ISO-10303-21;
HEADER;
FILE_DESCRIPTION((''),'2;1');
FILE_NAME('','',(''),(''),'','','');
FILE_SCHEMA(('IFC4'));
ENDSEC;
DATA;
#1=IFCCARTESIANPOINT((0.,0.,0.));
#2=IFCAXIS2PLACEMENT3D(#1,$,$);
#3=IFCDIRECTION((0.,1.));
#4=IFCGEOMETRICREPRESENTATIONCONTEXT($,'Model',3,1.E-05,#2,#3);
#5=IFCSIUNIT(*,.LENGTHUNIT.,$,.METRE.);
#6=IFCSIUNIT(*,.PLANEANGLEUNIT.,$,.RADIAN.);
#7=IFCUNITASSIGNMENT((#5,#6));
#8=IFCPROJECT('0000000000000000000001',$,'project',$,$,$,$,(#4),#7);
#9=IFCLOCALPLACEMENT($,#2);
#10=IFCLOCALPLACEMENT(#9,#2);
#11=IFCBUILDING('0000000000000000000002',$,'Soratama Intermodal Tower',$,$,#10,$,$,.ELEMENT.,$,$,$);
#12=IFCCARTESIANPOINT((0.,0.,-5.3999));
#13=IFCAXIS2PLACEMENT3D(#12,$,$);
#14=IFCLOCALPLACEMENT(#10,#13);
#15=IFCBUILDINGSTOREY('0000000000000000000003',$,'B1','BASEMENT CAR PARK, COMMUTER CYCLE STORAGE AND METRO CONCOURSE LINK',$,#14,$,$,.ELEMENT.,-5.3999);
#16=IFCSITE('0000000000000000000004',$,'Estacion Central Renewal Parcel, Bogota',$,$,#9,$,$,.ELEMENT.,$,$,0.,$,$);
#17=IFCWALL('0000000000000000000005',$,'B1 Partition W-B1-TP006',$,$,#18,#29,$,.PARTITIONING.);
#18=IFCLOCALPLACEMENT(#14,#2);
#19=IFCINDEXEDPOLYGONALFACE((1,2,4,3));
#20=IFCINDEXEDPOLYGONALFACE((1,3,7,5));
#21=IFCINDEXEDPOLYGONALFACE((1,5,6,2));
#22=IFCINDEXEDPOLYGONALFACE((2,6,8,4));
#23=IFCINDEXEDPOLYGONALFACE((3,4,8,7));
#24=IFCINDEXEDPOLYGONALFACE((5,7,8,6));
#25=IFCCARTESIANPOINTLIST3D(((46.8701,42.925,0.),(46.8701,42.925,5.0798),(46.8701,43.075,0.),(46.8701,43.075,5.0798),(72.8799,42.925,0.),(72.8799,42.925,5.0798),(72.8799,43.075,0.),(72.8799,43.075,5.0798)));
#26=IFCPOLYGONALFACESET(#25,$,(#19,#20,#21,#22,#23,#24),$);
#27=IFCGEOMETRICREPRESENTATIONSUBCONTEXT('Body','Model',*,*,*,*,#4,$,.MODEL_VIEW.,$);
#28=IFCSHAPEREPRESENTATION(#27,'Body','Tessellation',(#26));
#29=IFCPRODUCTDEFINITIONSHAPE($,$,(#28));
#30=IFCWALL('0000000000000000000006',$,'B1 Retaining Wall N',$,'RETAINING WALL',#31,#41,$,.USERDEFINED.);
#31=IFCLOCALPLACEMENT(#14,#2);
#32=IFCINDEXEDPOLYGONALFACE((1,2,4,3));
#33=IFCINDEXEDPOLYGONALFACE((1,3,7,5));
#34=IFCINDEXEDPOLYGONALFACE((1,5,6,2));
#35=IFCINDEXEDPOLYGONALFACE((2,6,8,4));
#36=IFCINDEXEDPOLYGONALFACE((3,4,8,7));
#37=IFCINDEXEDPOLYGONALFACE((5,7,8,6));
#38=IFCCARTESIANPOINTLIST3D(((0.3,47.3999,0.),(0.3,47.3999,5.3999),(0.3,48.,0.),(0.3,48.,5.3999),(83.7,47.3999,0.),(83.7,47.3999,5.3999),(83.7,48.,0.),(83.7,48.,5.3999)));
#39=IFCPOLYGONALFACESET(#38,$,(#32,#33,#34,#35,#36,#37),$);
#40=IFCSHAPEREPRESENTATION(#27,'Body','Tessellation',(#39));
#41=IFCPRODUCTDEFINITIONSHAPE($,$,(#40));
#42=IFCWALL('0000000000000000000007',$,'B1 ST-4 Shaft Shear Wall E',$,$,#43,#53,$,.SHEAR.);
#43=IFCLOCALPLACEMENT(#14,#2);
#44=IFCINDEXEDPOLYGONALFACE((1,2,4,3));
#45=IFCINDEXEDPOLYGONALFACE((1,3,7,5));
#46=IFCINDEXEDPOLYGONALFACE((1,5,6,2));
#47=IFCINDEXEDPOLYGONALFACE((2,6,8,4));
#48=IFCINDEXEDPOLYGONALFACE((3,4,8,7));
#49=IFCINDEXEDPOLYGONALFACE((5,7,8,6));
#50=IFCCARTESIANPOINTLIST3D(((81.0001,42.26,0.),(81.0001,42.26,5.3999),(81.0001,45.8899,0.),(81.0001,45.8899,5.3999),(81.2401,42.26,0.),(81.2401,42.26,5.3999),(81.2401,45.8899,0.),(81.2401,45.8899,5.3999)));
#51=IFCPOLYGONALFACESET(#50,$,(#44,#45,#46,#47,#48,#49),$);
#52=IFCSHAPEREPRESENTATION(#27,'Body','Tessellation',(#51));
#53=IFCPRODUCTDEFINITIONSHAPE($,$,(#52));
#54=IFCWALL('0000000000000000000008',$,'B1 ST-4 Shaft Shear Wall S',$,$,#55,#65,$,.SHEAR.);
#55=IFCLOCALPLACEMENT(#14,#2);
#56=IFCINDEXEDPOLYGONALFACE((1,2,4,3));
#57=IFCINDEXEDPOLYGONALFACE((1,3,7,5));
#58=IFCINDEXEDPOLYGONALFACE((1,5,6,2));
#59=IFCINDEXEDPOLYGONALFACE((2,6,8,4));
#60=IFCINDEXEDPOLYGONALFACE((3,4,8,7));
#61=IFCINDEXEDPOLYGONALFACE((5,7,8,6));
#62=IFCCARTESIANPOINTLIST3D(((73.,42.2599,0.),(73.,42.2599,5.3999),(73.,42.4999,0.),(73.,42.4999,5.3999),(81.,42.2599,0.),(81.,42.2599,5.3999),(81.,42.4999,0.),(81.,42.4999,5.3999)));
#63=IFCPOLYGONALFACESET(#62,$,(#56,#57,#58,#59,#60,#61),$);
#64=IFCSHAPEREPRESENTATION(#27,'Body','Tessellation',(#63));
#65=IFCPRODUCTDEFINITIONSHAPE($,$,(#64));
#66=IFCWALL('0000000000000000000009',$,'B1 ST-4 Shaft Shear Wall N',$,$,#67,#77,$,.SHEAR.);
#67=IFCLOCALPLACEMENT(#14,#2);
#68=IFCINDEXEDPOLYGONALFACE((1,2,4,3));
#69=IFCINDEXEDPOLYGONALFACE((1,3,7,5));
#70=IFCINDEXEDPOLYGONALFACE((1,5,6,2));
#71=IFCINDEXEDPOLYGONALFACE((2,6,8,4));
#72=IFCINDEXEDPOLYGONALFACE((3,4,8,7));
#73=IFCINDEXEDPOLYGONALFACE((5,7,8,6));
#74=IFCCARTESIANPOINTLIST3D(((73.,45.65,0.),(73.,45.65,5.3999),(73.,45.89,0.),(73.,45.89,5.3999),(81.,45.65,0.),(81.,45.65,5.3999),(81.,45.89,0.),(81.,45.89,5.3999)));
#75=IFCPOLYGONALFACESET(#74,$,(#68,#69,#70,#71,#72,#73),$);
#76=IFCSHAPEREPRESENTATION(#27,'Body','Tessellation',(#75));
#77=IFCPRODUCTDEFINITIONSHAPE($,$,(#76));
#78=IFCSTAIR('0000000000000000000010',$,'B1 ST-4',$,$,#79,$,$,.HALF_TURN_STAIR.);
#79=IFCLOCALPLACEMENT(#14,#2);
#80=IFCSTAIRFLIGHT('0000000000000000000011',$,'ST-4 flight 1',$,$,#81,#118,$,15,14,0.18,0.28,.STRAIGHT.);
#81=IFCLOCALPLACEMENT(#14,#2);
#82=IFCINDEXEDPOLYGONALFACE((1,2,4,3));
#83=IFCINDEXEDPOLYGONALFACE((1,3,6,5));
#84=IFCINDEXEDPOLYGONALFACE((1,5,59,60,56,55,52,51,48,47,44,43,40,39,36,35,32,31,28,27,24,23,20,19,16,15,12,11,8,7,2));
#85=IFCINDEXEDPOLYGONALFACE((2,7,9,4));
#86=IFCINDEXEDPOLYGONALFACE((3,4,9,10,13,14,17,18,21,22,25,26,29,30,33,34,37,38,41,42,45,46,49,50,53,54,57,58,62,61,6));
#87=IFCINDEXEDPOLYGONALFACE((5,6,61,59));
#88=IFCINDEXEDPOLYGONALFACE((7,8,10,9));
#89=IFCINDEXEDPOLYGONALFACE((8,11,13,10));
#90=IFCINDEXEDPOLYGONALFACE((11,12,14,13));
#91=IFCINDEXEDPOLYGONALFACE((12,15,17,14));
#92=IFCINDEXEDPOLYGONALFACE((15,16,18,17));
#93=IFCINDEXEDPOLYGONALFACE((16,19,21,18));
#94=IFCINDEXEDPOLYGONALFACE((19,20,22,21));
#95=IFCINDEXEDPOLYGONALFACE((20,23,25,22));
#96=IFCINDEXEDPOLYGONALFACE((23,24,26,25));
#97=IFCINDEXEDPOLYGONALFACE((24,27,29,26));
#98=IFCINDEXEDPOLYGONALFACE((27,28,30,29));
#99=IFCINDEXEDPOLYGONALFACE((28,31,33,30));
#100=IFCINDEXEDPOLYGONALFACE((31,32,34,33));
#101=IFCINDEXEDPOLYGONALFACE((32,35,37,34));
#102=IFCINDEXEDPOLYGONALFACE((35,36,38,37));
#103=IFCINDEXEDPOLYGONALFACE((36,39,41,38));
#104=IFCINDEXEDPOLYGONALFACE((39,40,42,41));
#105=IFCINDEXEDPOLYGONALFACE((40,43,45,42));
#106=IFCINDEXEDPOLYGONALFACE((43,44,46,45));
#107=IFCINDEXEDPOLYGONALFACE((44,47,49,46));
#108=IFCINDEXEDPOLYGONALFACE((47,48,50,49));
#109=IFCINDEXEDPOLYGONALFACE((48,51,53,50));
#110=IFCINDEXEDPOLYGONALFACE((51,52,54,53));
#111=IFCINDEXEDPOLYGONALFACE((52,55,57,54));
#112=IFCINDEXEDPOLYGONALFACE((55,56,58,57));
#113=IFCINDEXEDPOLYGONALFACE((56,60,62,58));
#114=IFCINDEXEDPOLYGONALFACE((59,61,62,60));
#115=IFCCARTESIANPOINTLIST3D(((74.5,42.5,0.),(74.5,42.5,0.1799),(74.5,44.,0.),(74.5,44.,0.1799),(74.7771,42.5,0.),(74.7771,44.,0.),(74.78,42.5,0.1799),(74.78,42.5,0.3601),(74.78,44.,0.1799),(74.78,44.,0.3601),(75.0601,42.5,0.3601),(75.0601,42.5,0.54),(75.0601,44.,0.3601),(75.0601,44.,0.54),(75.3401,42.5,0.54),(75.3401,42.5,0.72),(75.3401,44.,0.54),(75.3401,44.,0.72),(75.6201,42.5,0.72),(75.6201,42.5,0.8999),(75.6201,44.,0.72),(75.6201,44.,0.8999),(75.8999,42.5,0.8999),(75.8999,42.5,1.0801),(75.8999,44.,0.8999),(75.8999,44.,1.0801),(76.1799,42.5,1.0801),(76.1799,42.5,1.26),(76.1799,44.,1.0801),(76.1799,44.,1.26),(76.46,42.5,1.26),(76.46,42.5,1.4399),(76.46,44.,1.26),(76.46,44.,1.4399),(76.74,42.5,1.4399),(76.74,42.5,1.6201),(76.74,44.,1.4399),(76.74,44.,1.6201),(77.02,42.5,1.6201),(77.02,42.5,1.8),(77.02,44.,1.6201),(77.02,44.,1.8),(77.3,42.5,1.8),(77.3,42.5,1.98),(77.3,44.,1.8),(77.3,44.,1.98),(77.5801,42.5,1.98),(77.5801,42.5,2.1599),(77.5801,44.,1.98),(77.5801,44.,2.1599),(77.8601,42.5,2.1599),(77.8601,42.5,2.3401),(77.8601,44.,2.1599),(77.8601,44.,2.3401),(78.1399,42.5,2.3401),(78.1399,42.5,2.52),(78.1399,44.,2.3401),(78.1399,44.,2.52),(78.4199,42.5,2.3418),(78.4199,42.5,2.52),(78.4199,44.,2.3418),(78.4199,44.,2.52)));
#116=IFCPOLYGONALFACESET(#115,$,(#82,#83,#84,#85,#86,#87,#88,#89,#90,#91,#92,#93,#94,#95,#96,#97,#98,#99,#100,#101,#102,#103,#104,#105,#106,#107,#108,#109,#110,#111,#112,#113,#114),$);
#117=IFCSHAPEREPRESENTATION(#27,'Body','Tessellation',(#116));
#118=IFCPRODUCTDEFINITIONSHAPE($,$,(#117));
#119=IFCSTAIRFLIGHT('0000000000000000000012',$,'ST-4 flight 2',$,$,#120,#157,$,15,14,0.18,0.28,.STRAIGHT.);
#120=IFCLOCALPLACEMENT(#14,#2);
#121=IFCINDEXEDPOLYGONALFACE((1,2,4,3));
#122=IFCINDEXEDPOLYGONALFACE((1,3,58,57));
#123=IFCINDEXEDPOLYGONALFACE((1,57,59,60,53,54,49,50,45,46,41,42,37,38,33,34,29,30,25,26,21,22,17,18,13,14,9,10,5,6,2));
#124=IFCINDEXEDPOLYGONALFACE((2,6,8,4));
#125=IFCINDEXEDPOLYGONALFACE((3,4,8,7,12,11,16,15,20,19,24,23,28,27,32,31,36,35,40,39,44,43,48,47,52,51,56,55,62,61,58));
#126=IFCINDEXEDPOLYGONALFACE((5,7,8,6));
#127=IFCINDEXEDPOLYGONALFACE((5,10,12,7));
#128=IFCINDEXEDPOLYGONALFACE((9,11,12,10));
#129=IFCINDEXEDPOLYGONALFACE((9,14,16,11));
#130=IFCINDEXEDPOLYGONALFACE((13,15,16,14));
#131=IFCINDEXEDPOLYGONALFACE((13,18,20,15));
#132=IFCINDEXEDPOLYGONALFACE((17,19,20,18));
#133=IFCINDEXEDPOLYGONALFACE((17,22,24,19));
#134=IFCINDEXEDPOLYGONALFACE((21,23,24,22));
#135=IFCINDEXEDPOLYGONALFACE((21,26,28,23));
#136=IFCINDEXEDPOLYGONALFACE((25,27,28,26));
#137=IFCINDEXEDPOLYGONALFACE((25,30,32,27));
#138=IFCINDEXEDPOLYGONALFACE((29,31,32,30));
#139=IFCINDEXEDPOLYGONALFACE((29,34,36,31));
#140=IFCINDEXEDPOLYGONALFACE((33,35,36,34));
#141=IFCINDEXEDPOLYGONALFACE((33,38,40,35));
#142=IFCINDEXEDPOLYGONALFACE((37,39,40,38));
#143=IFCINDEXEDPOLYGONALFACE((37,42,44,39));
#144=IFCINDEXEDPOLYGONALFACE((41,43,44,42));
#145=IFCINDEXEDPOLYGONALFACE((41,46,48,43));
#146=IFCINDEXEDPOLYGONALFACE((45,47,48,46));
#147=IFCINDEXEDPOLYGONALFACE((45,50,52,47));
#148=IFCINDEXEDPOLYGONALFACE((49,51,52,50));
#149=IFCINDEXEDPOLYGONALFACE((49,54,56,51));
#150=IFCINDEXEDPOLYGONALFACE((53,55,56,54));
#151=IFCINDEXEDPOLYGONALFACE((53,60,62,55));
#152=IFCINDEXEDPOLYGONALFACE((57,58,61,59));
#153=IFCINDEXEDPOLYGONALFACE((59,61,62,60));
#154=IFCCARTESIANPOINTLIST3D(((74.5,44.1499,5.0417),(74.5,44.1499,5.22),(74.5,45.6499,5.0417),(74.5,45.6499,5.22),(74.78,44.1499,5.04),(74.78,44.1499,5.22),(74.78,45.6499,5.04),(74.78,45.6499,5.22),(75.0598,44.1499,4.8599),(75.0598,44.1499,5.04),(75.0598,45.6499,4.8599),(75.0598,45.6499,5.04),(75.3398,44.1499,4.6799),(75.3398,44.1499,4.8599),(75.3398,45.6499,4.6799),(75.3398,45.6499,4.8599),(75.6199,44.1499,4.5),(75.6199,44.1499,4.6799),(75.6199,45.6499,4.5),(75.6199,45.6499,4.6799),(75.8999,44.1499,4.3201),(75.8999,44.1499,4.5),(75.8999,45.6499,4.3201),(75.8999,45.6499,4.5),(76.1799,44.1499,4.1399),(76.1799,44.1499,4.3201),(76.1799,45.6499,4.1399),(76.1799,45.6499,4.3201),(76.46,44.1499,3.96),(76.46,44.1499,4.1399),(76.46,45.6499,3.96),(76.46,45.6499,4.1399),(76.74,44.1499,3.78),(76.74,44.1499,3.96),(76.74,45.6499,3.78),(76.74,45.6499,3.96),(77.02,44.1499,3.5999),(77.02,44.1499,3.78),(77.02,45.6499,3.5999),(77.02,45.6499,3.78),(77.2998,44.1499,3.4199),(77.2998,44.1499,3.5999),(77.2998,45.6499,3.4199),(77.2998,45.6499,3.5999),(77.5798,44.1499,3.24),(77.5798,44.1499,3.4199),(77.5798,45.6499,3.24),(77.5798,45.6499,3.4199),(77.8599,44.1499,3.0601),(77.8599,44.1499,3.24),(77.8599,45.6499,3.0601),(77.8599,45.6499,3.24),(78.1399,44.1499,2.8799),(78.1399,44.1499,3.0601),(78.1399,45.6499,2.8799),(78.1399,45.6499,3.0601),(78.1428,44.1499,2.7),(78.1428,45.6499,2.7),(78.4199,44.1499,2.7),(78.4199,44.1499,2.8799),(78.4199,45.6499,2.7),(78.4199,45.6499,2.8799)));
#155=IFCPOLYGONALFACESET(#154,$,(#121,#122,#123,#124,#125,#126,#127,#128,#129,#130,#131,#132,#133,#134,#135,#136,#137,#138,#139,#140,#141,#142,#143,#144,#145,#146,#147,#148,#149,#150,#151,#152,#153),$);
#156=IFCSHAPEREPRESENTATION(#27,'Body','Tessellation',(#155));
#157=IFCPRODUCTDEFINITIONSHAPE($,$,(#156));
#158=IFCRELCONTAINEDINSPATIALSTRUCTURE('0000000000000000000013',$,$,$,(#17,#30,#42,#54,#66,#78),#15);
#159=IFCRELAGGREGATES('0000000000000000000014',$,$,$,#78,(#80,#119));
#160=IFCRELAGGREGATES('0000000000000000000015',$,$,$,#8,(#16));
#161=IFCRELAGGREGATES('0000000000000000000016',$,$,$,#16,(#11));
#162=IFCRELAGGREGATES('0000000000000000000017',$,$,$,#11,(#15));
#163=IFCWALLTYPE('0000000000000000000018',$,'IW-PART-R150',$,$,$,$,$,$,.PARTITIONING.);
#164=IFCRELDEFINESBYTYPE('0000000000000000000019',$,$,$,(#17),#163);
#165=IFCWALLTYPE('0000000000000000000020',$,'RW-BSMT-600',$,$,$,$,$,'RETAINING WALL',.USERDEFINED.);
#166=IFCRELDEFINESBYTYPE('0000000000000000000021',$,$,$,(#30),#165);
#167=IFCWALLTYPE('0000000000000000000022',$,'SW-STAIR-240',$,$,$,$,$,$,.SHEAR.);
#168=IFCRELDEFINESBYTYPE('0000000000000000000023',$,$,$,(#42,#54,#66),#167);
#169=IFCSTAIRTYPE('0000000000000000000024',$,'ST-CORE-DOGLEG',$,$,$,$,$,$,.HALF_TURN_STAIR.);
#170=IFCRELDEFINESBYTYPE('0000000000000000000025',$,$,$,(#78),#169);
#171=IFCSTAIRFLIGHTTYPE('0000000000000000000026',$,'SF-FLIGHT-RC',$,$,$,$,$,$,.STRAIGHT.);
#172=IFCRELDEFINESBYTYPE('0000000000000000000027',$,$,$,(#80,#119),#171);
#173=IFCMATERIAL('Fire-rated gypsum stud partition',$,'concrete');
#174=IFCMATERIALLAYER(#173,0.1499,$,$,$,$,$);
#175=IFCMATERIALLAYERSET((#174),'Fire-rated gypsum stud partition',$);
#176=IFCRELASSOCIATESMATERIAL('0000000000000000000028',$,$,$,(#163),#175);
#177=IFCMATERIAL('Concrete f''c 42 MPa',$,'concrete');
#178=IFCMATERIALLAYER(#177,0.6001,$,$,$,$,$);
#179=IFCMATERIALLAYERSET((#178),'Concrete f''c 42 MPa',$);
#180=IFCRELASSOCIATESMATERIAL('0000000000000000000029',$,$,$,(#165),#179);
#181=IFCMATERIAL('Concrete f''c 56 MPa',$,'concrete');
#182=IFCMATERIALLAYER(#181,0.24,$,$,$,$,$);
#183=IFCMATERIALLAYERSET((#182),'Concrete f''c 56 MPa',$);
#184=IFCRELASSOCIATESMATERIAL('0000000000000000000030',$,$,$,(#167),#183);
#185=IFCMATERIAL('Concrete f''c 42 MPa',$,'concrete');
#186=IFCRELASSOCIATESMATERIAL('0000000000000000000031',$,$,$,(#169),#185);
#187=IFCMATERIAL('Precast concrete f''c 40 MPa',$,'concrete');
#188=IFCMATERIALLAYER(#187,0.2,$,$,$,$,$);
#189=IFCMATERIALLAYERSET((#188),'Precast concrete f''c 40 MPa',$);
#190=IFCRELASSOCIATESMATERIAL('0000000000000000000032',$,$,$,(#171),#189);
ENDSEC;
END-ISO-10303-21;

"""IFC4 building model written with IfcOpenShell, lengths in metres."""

from ifc_helpers import new_model, si_unit, direction, frame, frame_2d, origin, place, context, subcontext, project, spatial, polyline, rectangle, outline, extrude, material, layer, layer_set, type_object, element, aggregate, save


model = new_model("IFC4")

# Units and contexts
model_context = context("Model", 3, precision=1e-05, world=origin(), true_north=direction((0.0, 1.0)))
body_context = subcontext(model_context, "Body", "Model", "MODEL_VIEW")
ifc_project = project(units=[si_unit("LENGTHUNIT", "METRE"), si_unit("PLANEANGLEUNIT", "RADIAN")], contexts=[model_context])

# Site, building, storey
site_placement = place(None, origin())
site = spatial("IfcSite", under=ifc_project, at=site_placement, Name="Estacion Central Renewal Parcel, Bogota", CompositionType="ELEMENT", RefElevation=0.0)
building_placement = place(site_placement, origin())
building = spatial("IfcBuilding", under=site, at=building_placement, Name="Soratama Intermodal Tower", CompositionType="ELEMENT")
storey_placement = place(building_placement, frame((0.0, 0.0, -5.3999)))
storey = spatial("IfcBuildingStorey", under=building, at=storey_placement, Name="B1", Description="BASEMENT CAR PARK, COMMUTER CYCLE STORAGE AND METRO CONCOURSE LINK", CompositionType="ELEMENT", Elevation=-5.3999)

# Walls
ifc_material_1 = material(Name="Fire-rated gypsum stud partition", Category="concrete")
ifc_layer_1 = layer(ifc_material_1, 0.1499)
ifc_layer_set_1 = layer_set([ifc_layer_1], Name="Fire-rated gypsum stud partition")
wall_type_1 = type_object("IfcWallType", Name="IW-PART-R150", PredefinedType="PARTITIONING", material=ifc_layer_set_1)
wall_1_placement = place(storey_placement, frame((72.8799, 43.0, 0.0), z_axis=(0.0, 0.0, 1.0), x_axis=(-1.0, 0.0, 0.0)))
element("IfcWall", 1, at=wall_1_placement, inside=storey, type_object=wall_type_1, Name="B1 Partition W-B1-TP006", PredefinedType="PARTITIONING", context=body_context, shape_type="SweptSolid", body=[
    extrude(rectangle(XDim=26.0098, YDim=0.1499, at=frame_2d((13.0049, 0.0))), origin(), (0.0, 0.0, 1.0), 5.0798),
])
ifc_material_2 = material(Name="Concrete f'c 42 MPa", Category="concrete")
ifc_layer_2 = layer(ifc_material_2, 0.6001)
ifc_layer_set_2 = layer_set([ifc_layer_2], Name="Concrete f'c 42 MPa")
wall_type_2 = type_object("IfcWallType", Name="RW-BSMT-600", ElementType="RETAINING WALL", PredefinedType="USERDEFINED", material=ifc_layer_set_2)
wall_2_placement = place(storey_placement, frame((83.7, 47.7, 0.0), z_axis=(0.0, 0.0, 1.0), x_axis=(-1.0, 0.0, 0.0)))
element("IfcWall", 2, at=wall_2_placement, inside=storey, type_object=wall_type_2, Name="B1 Retaining Wall N", ObjectType="RETAINING WALL", PredefinedType="USERDEFINED", context=body_context, shape_type="SweptSolid", body=[
    extrude(rectangle(XDim=83.3999, YDim=0.6001, at=frame_2d((41.7, 0.0))), origin(), (0.0, 0.0, 1.0), 5.3999),
])

# Shared definitions
ifc_material_3 = material(Name="Concrete f'c 56 MPa", Category="concrete")
ifc_layer_3 = layer(ifc_material_3, 0.24)
ifc_layer_set_3 = layer_set([ifc_layer_3], Name="Concrete f'c 56 MPa")
wall_type_3 = type_object("IfcWallType", Name="SW-STAIR-240", PredefinedType="SHEAR", material=ifc_layer_set_3)

# Walls
wall_3_placement = place(storey_placement, frame((81.1201, 42.26, 0.0), z_axis=(0.0, 0.0, 1.0), x_axis=(0.0, 1.0, 0.0)))
element("IfcWall", 3, at=wall_3_placement, inside=storey, type_object=wall_type_3, Name="B1 ST-4 Shaft Shear Wall E", PredefinedType="SHEAR", context=body_context, shape_type="SweptSolid", body=[
    extrude(rectangle(XDim=3.6299, YDim=0.24, at=frame_2d((1.8149, 0.0))), origin(), (0.0, 0.0, 1.0), 5.3999),
])
for number, where, z_axis, x_axis, name in (
    (4, (73.0, 42.3799, 0.0), (0.0, 0.0, 1.0), (1.0, 0.0, 0.0), "B1 ST-4 Shaft Shear Wall S"),
    (5, (73.0, 45.77, 0.0), (0.0, 0.0, 1.0), (1.0, 0.0, 0.0), "B1 ST-4 Shaft Shear Wall N"),
):
    element("IfcWall", number, at=place(storey_placement, frame(where, z_axis=z_axis, x_axis=x_axis)), inside=storey, type_object=wall_type_3, Name=name, PredefinedType="SHEAR", context=body_context, shape_type="SweptSolid", body=[
        extrude(rectangle(XDim=8.0, YDim=0.24, at=frame_2d((4.0, 0.0))), origin(), (0.0, 0.0, 1.0), 5.3999),
    ])

# Stair, stair flights
ifc_material_4 = material(Name="Concrete f'c 42 MPa", Category="concrete")
stair_type = type_object("IfcStairType", Name="ST-CORE-DOGLEG", PredefinedType="HALF_TURN_STAIR", material=ifc_material_4)
stair_placement = place(storey_placement, origin())
stair = element("IfcStair", 6, at=stair_placement, inside=storey, type_object=stair_type, Name="B1 ST-4", PredefinedType="HALF_TURN_STAIR")
ifc_material_5 = material(Name="Precast concrete f'c 40 MPa", Category="concrete")
ifc_layer_4 = layer(ifc_material_5, 0.2)
ifc_layer_set_4 = layer_set([ifc_layer_4], Name="Precast concrete f'c 40 MPa")
stair_flight_type = type_object("IfcStairFlightType", Name="SF-FLIGHT-RC", PredefinedType="STRAIGHT", material=ifc_layer_set_4)
stair_flight_1_placement = place(storey_placement, frame((74.5, 43.25, 0.0), z_axis=(0.0, 0.0, 1.0), x_axis=(1.0, 0.0, 0.0)))
stair_flight_1 = element("IfcStairFlight", 7, at=stair_flight_1_placement, type_object=stair_flight_type, Name="ST-4 flight 1", NumberOfRisers=15, NumberOfTreads=14, PredefinedType="STRAIGHT", RiserHeight=0.18, TreadLength=0.28, context=body_context, shape_type="SweptSolid", body=[
    extrude(outline(polyline([(0.0, 0.0), (0.0, 0.1799), (0.28, 0.1799), (0.28, 0.3601), (0.5601, 0.3601), (0.5601, 0.54), (0.8401, 0.54), (0.8401, 0.72), (1.1201, 0.72), (1.1201, 0.8999), (1.3999, 0.8999), (1.3999, 1.0801), (1.6799, 1.0801), (1.6799, 1.26), (1.96, 1.26), (1.96, 1.4399), (2.24, 1.4399), (2.24, 1.6201), (2.52, 1.6201), (2.52, 1.8), (2.8, 1.8), (2.8, 1.98), (3.0801, 1.98), (3.0801, 2.1599), (3.3601, 2.1599), (3.3601, 2.3401), (3.6399, 2.3401), (3.6399, 2.52), (3.9199, 2.52), (3.9199, 2.7), (3.9199, 2.3418), (0.2771, 0.0), (0.0, 0.0)])), frame((0.0, 0.75, 0.0), z_axis=(0.0, -1.0, 0.0), x_axis=(1.0, 0.0, 0.0)), (0.0, 0.0, 1.0), 1.5),
])
stair_flight_2_placement = place(storey_placement, frame((78.4199, 44.8999, 2.7), z_axis=(0.0, 0.0, 1.0), x_axis=(-1.0, 0.0, 0.0)))
stair_flight_2 = element("IfcStairFlight", 8, at=stair_flight_2_placement, type_object=stair_flight_type, Name="ST-4 flight 2", NumberOfRisers=15, NumberOfTreads=14, PredefinedType="STRAIGHT", RiserHeight=0.18, TreadLength=0.28, context=body_context, shape_type="SweptSolid", body=[
    extrude(outline(polyline([(0.0, 0.0), (0.0, 0.1799), (0.28, 0.1799), (0.28, 0.3601), (0.5601, 0.3601), (0.5601, 0.54), (0.8401, 0.54), (0.8401, 0.72), (1.1201, 0.72), (1.1201, 0.8999), (1.3999, 0.8999), (1.3999, 1.0801), (1.6799, 1.0801), (1.6799, 1.26), (1.96, 1.26), (1.96, 1.4399), (2.24, 1.4399), (2.24, 1.6201), (2.52, 1.6201), (2.52, 1.8), (2.8, 1.8), (2.8, 1.98), (3.0801, 1.98), (3.0801, 2.1599), (3.3601, 2.1599), (3.3601, 2.3401), (3.6399, 2.3401), (3.6399, 2.52), (3.9199, 2.52), (3.9199, 2.7), (3.9199, 2.3418), (0.2771, 0.0), (0.0, 0.0)])), frame((0.0, 0.75, 0.0), z_axis=(0.0, -1.0, 0.0), x_axis=(1.0, 0.0, 0.0)), (0.0, 0.0, 1.0), 1.5),
])
aggregate(stair, [stair_flight_1, stair_flight_2])

save(model, "model.ifc")
